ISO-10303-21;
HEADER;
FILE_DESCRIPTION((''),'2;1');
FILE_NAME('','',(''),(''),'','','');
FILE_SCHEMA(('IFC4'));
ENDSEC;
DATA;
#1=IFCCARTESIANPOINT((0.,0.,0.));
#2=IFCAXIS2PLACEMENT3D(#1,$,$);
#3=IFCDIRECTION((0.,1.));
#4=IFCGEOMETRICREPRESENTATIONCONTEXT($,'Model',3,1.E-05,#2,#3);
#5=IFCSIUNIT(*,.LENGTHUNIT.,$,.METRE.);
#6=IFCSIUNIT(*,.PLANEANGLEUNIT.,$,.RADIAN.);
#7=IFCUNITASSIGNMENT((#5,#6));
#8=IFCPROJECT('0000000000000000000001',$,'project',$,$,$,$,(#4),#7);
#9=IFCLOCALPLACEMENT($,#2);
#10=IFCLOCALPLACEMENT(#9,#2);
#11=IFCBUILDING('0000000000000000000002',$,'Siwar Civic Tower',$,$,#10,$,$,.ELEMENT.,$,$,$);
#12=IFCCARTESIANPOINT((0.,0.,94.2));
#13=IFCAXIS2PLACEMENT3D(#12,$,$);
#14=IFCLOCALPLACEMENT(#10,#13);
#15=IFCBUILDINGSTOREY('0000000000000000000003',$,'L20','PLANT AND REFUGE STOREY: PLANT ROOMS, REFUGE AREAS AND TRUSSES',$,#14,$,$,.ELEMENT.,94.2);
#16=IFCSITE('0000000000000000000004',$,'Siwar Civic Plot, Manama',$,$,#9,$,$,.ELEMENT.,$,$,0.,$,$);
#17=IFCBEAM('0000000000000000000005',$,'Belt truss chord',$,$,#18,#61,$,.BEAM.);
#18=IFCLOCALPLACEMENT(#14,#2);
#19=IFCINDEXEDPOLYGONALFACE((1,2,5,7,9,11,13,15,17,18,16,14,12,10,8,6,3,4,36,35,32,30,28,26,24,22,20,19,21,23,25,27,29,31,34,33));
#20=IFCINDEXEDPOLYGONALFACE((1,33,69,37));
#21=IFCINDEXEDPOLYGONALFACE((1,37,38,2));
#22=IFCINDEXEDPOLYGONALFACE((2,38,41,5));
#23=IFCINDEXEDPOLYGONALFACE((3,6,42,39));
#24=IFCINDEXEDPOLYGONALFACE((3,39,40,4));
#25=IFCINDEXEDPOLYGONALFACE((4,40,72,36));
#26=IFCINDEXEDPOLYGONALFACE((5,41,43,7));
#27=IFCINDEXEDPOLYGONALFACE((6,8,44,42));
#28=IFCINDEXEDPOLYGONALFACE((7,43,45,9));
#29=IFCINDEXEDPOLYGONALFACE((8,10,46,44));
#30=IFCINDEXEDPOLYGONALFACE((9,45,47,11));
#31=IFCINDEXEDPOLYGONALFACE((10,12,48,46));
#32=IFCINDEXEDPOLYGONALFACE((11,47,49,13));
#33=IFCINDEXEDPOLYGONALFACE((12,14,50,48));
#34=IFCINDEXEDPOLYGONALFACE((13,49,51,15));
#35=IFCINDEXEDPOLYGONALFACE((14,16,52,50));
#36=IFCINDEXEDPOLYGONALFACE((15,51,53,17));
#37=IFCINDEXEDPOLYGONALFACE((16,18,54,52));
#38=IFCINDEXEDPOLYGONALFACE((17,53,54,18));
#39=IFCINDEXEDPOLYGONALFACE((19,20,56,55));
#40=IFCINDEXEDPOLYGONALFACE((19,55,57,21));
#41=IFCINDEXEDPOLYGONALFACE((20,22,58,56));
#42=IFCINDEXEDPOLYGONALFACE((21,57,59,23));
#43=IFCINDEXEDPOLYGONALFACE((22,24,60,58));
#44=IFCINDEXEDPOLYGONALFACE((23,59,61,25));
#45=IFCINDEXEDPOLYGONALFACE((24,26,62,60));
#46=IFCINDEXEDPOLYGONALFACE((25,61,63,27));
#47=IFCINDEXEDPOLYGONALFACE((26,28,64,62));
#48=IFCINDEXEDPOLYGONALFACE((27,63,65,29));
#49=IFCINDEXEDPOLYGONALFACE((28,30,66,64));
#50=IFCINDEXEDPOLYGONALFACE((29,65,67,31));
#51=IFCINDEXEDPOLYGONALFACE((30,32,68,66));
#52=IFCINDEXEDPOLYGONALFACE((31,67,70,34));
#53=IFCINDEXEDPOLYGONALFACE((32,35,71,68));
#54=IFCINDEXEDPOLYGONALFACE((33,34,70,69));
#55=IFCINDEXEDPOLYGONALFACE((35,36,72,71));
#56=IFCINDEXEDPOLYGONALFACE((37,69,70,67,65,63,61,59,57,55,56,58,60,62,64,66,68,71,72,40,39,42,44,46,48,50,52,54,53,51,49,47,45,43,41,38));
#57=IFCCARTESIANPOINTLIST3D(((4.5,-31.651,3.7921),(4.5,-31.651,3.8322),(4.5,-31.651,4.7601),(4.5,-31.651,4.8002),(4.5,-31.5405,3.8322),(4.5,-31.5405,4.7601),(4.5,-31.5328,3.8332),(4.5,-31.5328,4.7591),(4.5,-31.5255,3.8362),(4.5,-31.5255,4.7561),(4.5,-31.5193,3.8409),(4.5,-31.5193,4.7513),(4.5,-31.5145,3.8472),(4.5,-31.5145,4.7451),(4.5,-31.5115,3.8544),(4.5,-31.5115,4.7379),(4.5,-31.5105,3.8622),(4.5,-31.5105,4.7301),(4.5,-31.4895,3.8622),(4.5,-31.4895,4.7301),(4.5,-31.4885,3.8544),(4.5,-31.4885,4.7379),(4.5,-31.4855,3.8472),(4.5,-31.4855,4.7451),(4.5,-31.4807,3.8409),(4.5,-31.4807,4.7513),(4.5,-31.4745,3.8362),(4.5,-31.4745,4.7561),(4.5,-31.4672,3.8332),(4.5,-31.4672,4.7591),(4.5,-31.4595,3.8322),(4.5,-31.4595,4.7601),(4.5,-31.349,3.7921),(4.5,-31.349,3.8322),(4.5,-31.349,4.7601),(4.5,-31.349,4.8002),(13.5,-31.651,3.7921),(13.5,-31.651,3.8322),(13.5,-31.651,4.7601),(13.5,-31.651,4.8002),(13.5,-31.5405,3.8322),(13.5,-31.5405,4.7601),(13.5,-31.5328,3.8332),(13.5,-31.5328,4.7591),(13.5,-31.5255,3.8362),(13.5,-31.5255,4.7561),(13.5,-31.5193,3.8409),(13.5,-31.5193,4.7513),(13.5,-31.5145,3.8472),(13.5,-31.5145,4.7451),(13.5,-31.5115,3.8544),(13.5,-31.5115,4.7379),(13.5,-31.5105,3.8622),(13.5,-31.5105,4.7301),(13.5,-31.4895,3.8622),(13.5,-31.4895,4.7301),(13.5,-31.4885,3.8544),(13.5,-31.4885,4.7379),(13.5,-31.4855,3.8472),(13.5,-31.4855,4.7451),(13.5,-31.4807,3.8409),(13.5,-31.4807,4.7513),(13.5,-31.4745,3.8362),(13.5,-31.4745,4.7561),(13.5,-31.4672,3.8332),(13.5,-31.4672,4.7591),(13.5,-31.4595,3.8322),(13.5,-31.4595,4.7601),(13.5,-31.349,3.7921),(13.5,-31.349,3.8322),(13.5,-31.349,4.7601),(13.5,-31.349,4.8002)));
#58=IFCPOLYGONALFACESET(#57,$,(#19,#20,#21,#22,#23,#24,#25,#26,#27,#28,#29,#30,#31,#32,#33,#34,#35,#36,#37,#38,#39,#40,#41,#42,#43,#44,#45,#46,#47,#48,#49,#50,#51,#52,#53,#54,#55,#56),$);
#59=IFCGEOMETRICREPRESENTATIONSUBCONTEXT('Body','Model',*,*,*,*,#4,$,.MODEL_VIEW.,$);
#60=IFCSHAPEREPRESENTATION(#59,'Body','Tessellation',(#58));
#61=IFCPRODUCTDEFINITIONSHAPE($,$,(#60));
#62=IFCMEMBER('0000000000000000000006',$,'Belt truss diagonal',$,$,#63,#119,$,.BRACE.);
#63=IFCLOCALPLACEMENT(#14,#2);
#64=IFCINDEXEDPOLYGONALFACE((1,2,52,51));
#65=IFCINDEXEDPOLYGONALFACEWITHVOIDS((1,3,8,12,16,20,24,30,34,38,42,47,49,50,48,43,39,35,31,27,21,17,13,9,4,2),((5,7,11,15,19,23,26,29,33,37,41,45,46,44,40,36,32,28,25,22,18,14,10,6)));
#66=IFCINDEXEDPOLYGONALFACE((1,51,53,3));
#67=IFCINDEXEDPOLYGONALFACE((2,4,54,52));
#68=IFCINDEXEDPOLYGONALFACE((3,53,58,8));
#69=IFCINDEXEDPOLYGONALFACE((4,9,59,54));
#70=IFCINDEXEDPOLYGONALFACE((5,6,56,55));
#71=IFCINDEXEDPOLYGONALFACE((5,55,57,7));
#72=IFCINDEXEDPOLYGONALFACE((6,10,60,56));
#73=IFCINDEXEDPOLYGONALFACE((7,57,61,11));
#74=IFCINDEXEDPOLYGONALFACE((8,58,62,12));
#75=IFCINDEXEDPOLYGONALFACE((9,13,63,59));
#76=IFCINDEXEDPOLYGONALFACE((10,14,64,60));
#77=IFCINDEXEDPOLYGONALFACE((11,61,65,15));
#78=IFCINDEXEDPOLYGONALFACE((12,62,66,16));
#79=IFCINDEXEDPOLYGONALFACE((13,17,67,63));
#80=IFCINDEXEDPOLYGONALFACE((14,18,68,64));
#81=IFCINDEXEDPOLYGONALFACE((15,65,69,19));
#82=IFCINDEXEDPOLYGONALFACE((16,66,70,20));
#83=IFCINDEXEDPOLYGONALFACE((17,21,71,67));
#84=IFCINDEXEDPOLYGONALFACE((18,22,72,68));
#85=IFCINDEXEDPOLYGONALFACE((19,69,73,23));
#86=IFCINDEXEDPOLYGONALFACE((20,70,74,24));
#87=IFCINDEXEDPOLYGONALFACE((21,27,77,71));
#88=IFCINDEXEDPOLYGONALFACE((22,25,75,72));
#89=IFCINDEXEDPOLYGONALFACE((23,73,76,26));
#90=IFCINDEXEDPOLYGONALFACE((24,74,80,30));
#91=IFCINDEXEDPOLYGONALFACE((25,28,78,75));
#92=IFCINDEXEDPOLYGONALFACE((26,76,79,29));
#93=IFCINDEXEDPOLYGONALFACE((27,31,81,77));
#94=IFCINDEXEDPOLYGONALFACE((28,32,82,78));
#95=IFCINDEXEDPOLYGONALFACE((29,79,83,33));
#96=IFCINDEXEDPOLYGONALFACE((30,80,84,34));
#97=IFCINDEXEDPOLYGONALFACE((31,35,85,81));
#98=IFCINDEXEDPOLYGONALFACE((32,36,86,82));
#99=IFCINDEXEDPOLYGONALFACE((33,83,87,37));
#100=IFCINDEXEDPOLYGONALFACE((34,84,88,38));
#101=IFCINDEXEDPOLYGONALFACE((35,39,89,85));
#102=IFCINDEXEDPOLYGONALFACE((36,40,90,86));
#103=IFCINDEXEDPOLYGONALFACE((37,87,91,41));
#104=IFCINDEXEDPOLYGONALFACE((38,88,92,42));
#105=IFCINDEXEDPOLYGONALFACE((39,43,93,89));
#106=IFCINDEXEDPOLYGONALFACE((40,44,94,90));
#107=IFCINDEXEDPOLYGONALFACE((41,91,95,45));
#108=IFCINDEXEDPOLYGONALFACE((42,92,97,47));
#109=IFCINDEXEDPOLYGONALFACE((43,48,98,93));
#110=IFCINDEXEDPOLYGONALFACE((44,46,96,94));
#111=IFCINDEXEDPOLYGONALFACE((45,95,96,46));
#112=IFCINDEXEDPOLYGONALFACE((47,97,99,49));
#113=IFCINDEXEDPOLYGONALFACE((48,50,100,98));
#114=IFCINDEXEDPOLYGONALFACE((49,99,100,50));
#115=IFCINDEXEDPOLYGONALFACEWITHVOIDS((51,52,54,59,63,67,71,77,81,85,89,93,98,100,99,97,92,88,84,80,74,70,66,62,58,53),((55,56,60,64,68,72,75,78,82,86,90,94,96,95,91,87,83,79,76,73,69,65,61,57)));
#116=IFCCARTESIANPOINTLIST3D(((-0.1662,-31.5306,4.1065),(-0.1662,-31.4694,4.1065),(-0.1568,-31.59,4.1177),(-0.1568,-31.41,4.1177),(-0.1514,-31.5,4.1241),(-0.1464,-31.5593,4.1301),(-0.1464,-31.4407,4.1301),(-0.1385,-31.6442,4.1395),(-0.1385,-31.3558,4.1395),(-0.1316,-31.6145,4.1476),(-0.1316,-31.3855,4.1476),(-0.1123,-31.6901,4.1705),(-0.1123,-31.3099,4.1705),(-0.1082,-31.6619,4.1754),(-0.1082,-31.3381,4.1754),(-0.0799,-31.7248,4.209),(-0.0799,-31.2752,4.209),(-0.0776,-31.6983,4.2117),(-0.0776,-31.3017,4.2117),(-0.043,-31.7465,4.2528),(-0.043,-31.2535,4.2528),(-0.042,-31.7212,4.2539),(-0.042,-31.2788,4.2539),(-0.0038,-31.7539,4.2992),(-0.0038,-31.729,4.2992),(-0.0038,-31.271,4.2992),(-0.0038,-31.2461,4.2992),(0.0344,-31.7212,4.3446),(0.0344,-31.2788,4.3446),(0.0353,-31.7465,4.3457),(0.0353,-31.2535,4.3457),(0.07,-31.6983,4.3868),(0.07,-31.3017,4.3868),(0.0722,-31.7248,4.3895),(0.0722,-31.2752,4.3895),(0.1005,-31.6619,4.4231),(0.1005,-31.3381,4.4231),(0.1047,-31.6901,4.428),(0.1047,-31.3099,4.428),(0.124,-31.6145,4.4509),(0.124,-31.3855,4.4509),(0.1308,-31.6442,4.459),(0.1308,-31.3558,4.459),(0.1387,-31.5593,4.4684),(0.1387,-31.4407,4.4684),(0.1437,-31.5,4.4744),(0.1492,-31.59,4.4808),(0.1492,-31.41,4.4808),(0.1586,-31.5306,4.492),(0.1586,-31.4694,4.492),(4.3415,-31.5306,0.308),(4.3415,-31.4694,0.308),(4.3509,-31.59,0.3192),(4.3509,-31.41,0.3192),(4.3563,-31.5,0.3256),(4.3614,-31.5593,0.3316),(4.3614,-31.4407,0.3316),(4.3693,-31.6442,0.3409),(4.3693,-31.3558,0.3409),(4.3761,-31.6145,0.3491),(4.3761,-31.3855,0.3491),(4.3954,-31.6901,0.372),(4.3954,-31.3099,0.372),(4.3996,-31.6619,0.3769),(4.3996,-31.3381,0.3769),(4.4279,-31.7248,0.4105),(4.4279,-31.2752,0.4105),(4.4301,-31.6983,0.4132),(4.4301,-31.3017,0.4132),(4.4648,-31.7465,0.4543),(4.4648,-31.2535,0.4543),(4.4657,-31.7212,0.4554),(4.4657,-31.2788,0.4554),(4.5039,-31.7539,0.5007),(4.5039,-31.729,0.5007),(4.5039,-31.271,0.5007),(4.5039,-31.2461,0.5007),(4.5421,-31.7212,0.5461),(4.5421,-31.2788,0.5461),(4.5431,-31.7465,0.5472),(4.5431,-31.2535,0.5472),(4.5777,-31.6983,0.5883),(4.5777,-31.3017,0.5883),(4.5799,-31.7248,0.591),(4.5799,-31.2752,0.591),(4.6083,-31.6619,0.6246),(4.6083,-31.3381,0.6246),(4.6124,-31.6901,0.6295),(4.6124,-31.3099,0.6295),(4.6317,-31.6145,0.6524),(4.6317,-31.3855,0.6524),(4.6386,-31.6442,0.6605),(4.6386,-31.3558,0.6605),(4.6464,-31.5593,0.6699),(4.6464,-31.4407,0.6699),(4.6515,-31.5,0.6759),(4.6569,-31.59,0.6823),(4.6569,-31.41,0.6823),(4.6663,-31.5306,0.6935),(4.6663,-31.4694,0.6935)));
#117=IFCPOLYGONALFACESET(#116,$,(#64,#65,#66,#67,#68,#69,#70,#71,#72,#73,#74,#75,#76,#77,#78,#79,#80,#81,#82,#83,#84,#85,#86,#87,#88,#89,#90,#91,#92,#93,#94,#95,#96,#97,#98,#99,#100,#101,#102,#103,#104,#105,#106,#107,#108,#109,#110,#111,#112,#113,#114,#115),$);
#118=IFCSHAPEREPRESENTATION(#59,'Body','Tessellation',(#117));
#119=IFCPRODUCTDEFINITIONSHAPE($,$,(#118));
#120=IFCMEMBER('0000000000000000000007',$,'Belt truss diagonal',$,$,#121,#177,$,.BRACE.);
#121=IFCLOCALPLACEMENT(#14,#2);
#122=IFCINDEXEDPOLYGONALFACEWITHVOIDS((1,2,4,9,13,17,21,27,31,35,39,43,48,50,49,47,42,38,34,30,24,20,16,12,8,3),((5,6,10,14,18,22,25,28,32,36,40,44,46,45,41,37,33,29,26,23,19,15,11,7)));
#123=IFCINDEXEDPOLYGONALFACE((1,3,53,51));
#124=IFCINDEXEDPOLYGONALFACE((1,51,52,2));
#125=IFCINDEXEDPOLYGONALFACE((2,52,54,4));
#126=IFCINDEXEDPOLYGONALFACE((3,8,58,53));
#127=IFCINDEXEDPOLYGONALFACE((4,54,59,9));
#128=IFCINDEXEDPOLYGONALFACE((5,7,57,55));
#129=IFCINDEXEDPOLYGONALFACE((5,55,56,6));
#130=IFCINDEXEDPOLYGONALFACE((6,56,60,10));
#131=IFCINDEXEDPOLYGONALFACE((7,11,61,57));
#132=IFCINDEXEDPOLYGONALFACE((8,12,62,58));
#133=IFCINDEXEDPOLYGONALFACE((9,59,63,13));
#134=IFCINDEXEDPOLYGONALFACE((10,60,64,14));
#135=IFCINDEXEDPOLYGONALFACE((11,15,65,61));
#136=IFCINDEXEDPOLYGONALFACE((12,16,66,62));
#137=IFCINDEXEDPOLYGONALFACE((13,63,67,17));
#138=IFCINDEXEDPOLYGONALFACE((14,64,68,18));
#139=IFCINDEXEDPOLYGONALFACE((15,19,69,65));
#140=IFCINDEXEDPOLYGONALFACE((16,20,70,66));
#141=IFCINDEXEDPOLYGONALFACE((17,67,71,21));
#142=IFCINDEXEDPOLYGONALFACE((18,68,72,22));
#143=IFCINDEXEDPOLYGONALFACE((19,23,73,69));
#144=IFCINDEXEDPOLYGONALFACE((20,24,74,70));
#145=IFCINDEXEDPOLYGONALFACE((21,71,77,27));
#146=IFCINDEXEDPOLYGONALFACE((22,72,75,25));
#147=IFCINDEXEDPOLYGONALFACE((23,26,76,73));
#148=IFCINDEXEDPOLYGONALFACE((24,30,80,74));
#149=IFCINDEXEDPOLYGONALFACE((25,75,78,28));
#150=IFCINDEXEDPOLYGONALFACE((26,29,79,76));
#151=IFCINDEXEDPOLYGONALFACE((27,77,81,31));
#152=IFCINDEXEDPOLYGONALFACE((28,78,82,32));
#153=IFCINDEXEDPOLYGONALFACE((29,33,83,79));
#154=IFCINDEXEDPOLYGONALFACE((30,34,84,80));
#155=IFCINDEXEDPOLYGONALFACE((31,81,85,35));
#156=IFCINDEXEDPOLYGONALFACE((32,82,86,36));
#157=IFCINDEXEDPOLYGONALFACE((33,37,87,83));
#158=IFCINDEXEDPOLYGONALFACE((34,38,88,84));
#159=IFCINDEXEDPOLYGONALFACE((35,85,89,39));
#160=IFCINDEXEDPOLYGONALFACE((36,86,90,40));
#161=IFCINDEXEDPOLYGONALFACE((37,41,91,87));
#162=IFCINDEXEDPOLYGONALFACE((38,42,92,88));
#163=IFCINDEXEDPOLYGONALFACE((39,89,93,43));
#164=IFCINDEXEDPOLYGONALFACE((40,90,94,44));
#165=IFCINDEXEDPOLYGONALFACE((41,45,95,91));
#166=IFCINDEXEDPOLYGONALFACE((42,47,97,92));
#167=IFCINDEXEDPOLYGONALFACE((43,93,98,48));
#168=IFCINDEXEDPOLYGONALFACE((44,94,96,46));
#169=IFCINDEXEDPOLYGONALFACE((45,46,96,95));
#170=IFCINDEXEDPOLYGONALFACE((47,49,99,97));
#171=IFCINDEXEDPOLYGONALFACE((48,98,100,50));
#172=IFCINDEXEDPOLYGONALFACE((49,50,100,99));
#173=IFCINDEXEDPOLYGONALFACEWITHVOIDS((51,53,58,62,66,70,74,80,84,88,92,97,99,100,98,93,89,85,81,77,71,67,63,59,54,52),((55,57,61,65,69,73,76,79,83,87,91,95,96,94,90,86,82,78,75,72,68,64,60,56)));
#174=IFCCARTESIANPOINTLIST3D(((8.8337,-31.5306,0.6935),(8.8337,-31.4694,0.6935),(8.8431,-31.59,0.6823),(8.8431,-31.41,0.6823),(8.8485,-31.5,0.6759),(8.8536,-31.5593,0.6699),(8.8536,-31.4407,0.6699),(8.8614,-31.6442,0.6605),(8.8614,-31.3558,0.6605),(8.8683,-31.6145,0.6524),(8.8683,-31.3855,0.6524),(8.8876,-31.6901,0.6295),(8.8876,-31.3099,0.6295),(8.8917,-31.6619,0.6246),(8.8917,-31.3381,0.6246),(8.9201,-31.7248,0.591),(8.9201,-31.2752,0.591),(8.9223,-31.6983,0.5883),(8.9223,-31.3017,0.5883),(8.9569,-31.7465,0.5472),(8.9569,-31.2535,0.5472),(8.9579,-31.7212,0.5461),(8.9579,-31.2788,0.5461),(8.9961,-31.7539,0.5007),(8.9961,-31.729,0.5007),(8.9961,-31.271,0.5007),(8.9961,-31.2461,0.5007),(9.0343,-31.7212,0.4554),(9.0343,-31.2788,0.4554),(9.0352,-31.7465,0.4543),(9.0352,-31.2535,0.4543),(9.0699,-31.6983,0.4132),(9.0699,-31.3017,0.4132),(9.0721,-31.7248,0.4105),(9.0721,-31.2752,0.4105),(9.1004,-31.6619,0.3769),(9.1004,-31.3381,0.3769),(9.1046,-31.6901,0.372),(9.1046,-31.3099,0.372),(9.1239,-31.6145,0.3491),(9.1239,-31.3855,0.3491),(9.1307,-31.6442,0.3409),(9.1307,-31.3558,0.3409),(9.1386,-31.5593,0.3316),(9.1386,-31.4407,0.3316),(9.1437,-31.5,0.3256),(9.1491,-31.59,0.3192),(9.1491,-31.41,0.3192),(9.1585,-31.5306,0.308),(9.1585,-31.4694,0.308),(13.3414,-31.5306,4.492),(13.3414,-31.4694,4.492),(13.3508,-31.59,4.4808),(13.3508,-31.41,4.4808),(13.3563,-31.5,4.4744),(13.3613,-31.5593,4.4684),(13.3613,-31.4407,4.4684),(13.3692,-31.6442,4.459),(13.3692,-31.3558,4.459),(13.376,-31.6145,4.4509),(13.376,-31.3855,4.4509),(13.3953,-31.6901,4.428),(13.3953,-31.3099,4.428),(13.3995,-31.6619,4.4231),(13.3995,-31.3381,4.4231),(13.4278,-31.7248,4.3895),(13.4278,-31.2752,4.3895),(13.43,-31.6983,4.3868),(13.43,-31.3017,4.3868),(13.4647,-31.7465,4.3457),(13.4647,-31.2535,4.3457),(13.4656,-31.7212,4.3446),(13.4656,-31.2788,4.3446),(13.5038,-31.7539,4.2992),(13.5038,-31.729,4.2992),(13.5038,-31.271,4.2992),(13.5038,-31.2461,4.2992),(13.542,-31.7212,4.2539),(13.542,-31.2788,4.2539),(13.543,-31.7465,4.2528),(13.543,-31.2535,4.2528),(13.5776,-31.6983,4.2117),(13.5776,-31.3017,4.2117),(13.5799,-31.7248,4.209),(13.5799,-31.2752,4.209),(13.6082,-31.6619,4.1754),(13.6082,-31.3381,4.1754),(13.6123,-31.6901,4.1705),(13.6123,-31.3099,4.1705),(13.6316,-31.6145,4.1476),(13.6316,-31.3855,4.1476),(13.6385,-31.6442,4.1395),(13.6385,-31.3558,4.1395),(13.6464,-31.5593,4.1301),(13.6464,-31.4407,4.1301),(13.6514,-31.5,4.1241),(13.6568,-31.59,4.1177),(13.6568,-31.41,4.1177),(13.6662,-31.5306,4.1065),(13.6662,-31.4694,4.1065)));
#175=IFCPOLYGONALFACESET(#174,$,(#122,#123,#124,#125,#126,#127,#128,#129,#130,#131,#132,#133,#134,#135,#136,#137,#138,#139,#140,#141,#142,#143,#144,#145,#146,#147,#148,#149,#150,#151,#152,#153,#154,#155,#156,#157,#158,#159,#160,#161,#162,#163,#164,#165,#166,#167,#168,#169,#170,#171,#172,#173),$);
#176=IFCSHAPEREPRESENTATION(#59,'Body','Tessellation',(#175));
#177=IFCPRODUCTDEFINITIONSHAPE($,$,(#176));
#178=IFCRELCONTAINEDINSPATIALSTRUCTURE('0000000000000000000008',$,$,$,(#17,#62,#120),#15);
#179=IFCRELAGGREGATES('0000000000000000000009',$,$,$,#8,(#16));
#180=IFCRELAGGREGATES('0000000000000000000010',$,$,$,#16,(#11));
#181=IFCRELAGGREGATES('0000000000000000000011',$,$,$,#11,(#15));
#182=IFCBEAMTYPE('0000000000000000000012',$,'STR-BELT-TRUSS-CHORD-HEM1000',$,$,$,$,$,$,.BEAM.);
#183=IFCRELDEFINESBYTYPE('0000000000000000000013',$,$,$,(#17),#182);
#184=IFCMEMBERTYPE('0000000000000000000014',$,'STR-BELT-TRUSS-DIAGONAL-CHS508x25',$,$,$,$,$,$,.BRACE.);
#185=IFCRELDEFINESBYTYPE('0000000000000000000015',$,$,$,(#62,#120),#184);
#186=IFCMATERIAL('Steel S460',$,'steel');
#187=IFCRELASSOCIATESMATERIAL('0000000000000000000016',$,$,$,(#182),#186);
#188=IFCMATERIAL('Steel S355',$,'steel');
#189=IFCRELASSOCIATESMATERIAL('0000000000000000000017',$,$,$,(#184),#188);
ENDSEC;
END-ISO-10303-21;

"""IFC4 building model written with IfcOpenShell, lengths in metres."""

from ifc_helpers import new_model, si_unit, direction, frame, origin, origin_2d, place, context, subcontext, project, spatial, hollow_circle, i_section, extrude, material, material_profile, profile_set, type_object, element, save


model = new_model("IFC4")

# Units and contexts
model_context = context("Model", 3, precision=1e-05, world=origin(), true_north=direction((0.0, 1.0)))
body_context = subcontext(model_context, "Body", "Model", "MODEL_VIEW")
ifc_project = project(units=[si_unit("LENGTHUNIT", "METRE"), si_unit("PLANEANGLEUNIT", "RADIAN")], contexts=[model_context])

# Site, building, storey
site_placement = place(None, origin())
site = spatial("IfcSite", under=ifc_project, at=site_placement, Name="Siwar Civic Plot, Manama", CompositionType="ELEMENT", RefElevation=0.0)
building_placement = place(site_placement, origin())
building = spatial("IfcBuilding", under=site, at=building_placement, Name="Siwar Civic Tower", CompositionType="ELEMENT")
storey_placement = place(building_placement, frame((0.0, 0.0, 94.2)))
storey = spatial("IfcBuildingStorey", under=building, at=storey_placement, Name="L20", Description="PLANT AND REFUGE STOREY: PLANT ROOMS, REFUGE AREAS AND TRUSSES", CompositionType="ELEMENT", Elevation=94.2)

# Beam
ifc_material_1 = material(Name="Steel S460", Category="steel")
ifc_material_profile_1 = material_profile(ifc_material_1, i_section(OverallWidth=0.302, OverallDepth=1.0081, WebThickness=0.021, FlangeThickness=0.04, FilletRadius=0.03, at=origin_2d()), Name="HEM1000")
ifc_profile_set_1 = profile_set([ifc_material_profile_1], Name="Steel S460")
beam_type_1 = type_object("IfcBeamType", Name="STR-BELT-TRUSS-CHORD-HEM1000", PredefinedType="BEAM", material=ifc_profile_set_1)
for number, where, z_axis, x_axis, name in (
    (1, (4.5, -31.5, 4.2961), (1.0, 0.0, 0.0), (0.0, 1.0, 0.0), "Belt truss chord"),
):
    element("IfcBeam", number, at=place(storey_placement, frame(where, z_axis=z_axis, x_axis=x_axis)), inside=storey, type_object=beam_type_1, Name=name, PredefinedType="BEAM", context=body_context, shape_type="SweptSolid", body=[
        extrude(i_section(OverallWidth=0.302, OverallDepth=1.0081, WebThickness=0.021, FlangeThickness=0.04, FilletRadius=0.03, at=origin_2d()), origin(), (0.0, 0.0, 1.0), 9.0),
    ])

# Members
ifc_material_2 = material(Name="Steel S355", Category="steel")
ifc_material_profile_2 = material_profile(ifc_material_2, hollow_circle(Radius=0.2539, WallThickness=0.0249, at=origin_2d()), Name="CHS508x25")
ifc_profile_set_2 = profile_set([ifc_material_profile_2], Name="Steel S355")
member_type_1 = type_object("IfcMemberType", Name="STR-BELT-TRUSS-DIAGONAL-CHS508x25", PredefinedType="BRACE", material=ifc_profile_set_2)
for number, where, z_axis, x_axis, name in (
    (2, (4.5039, -31.5, 0.5007), (-0.7647, 0.0, 0.644387), (0.0, -1.0, 0.0), "Belt truss diagonal"),
    (3, (8.9961, -31.5, 0.5007), (0.7647, 0.0, 0.644387), (0.0, 1.0, 0.0), "Belt truss diagonal"),
):
    element("IfcMember", number, at=place(storey_placement, frame(where, z_axis=z_axis, x_axis=x_axis)), inside=storey, type_object=member_type_1, Name=name, PredefinedType="BRACE", context=body_context, shape_type="SweptSolid", body=[
        extrude(hollow_circle(Radius=0.2539, WallThickness=0.0249, at=origin_2d()), origin(), (0.0, 0.0, 1.0), 5.8948),
    ])

save(model, "model.ifc")
